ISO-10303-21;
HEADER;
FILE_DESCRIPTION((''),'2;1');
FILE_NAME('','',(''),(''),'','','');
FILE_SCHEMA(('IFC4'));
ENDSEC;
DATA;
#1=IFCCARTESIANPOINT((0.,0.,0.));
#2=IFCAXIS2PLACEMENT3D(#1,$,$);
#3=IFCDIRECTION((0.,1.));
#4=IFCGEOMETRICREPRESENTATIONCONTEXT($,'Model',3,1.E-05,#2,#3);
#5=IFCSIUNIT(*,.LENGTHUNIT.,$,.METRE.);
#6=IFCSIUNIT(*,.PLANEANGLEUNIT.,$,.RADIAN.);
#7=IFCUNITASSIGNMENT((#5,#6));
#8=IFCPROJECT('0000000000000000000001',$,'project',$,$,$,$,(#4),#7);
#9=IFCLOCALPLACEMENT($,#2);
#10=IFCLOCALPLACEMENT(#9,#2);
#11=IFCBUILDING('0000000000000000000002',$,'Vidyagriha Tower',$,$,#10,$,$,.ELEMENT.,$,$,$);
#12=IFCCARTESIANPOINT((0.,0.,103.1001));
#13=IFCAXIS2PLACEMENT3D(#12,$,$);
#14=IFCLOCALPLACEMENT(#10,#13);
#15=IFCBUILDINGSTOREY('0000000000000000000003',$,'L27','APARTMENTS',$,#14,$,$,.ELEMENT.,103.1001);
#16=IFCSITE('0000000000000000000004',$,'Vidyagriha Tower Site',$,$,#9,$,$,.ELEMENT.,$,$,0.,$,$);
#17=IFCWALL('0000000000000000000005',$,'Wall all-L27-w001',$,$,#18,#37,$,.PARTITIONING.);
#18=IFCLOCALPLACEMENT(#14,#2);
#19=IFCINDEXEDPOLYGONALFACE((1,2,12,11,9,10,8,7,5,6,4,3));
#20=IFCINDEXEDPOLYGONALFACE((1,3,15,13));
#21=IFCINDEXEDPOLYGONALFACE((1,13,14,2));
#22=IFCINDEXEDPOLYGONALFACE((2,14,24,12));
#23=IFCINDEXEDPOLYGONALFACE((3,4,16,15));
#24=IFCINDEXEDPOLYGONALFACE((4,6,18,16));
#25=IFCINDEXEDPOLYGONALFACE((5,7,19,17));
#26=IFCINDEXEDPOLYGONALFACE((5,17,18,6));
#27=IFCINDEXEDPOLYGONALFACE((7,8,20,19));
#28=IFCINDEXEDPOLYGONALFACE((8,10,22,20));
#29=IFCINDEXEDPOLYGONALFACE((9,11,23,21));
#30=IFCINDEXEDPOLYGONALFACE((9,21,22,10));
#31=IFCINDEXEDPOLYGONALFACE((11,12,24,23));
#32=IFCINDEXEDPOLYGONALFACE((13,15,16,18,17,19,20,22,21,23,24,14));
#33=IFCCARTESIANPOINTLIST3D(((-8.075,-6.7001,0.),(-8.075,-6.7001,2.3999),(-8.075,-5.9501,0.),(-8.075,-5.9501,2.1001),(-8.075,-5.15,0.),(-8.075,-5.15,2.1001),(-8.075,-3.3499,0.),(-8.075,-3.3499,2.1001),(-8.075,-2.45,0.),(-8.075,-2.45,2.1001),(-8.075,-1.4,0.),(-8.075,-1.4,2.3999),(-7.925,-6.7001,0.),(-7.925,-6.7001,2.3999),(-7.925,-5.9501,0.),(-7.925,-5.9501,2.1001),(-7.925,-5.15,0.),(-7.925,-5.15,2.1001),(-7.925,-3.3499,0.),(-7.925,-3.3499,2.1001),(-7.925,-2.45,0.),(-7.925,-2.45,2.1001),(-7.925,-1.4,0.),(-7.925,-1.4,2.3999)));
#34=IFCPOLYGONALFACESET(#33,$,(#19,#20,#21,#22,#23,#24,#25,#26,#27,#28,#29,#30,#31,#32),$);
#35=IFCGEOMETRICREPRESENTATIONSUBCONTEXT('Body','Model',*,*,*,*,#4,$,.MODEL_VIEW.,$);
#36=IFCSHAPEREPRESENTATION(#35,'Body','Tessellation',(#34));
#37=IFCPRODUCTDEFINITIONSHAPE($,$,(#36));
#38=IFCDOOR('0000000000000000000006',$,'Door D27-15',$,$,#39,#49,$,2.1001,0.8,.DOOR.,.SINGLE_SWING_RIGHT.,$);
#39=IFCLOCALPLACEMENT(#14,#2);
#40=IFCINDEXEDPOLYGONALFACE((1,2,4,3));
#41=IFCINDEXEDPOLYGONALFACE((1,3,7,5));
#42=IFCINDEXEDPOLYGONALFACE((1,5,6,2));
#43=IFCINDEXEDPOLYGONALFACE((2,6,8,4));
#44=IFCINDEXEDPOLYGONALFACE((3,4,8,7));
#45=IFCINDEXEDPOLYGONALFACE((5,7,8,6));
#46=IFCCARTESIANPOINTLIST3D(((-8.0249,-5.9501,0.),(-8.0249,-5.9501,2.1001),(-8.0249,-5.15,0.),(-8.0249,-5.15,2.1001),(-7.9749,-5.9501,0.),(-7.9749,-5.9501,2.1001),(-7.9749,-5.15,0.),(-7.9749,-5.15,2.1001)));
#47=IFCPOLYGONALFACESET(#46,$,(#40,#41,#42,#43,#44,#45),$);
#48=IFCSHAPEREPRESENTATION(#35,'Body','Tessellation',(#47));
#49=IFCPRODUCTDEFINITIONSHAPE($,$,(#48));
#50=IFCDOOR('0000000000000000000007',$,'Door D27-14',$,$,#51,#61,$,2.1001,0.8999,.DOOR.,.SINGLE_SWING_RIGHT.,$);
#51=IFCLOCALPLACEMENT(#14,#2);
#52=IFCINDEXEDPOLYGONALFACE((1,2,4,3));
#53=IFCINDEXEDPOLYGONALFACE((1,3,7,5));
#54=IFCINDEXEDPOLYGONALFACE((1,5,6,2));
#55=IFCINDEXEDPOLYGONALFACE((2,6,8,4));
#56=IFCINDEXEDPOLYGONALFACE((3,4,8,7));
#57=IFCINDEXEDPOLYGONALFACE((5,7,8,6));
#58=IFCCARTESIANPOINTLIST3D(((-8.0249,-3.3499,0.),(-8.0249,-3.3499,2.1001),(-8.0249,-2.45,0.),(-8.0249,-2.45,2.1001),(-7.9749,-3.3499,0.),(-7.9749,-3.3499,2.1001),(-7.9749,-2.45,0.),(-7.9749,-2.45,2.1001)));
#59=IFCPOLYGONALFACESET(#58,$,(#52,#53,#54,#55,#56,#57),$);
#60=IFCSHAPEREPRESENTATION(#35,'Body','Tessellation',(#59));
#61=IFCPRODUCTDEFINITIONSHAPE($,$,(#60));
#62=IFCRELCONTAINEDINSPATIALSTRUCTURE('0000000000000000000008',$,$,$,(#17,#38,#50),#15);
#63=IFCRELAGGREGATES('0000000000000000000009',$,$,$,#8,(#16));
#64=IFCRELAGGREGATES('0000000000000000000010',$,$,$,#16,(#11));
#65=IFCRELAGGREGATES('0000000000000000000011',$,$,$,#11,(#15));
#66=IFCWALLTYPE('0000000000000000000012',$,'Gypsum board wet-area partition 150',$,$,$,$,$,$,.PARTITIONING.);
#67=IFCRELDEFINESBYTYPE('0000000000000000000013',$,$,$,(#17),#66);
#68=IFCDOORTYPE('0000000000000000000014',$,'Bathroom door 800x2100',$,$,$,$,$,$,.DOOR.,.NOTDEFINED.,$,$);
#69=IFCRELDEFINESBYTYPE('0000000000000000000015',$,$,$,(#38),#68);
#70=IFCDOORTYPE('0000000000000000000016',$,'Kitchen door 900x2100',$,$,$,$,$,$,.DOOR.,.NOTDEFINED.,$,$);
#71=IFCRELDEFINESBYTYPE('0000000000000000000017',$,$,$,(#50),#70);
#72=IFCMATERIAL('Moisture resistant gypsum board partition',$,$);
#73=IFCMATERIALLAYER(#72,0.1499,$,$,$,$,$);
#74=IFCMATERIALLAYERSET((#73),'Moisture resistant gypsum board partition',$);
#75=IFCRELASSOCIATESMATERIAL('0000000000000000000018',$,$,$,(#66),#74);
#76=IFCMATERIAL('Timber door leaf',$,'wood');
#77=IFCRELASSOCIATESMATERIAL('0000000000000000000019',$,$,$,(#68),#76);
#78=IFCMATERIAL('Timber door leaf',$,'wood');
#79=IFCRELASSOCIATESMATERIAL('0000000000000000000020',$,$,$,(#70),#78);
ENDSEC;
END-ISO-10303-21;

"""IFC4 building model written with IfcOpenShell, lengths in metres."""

from ifc_helpers import new_model, si_unit, direction, frame, frame_2d, origin, place, context, subcontext, project, spatial, rectangle, extrude, material, layer, layer_set, type_object, element, fill, save


model = new_model("IFC4")

# Units and contexts
model_context = context("Model", 3, precision=1e-05, world=origin(), true_north=direction((0.0, 1.0)))
body_context = subcontext(model_context, "Body", "Model", "MODEL_VIEW")
ifc_project = project(units=[si_unit("LENGTHUNIT", "METRE"), si_unit("PLANEANGLEUNIT", "RADIAN")], contexts=[model_context])

# Site, building, storey
site_placement = place(None, origin())
site = spatial("IfcSite", under=ifc_project, at=site_placement, Name="Vidyagriha Tower Site", CompositionType="ELEMENT", RefElevation=0.0)
building_placement = place(site_placement, origin())
building = spatial("IfcBuilding", under=site, at=building_placement, Name="Vidyagriha Tower", CompositionType="ELEMENT")
storey_placement = place(building_placement, frame((0.0, 0.0, 103.1001)))
storey = spatial("IfcBuildingStorey", under=building, at=storey_placement, Name="L27", Description="APARTMENTS", CompositionType="ELEMENT", Elevation=103.1001)

# Wall, openings, doors
ifc_material_1 = material(Name="Moisture resistant gypsum board partition")
ifc_layer_1 = layer(ifc_material_1, 0.1499)
ifc_layer_set_1 = layer_set([ifc_layer_1], Name="Moisture resistant gypsum board partition")
wall_type_1 = type_object("IfcWallType", Name="Gypsum board wet-area partition 150", PredefinedType="PARTITIONING", material=ifc_layer_set_1)
wall_1_placement = place(storey_placement, frame((-8.0, -6.7, 0.0), z_axis=(0.0, 0.0, 1.0), x_axis=(0.0, 1.0, 0.0)))
wall_1 = element("IfcWall", 1, at=wall_1_placement, inside=storey, type_object=wall_type_1, Name="Wall all-L27-w001", PredefinedType="PARTITIONING", context=body_context, shape_type="SweptSolid", body=[
    extrude(rectangle(XDim=5.3, YDim=0.1499, at=frame_2d((2.6499, 0.0))), origin(), (0.0, 0.0, 1.0), 2.3999),
])
opening_1_placement = place(wall_1_placement, frame((3.3501, 0.0, 0.0)))
opening_1 = element("IfcOpeningElement", 2, at=opening_1_placement, cuts=wall_1, PredefinedType="OPENING", context=body_context, shape_type="SweptSolid", body=[
    extrude(rectangle(XDim=0.8999, YDim=2.1001, at=frame_2d((0.45, 1.05))), frame((0.0, 0.085, 0.0), z_axis=(0.0, -1.0, 0.0), x_axis=(1.0, 0.0, 0.0)), (0.0, 0.0, 1.0), 0.1699),
])
opening_2_placement = place(wall_1_placement, frame((0.75, 0.0, 0.0)))
opening_2 = element("IfcOpeningElement", 3, at=opening_2_placement, cuts=wall_1, PredefinedType="OPENING", context=body_context, shape_type="SweptSolid", body=[
    extrude(rectangle(XDim=0.8, YDim=2.1001, at=frame_2d((0.3999, 1.05))), frame((0.0, 0.085, 0.0), z_axis=(0.0, -1.0, 0.0), x_axis=(1.0, 0.0, 0.0)), (0.0, 0.0, 1.0), 0.1699),
])
ifc_material_2 = material(Name="Timber door leaf", Category="wood")
door_type_1 = type_object("IfcDoorType", Name="Bathroom door 800x2100", OperationType="NOTDEFINED", PredefinedType="DOOR", material=ifc_material_2)
door_1_placement = place(opening_2_placement, origin())
door_1 = element("IfcDoor", 4, at=door_1_placement, inside=storey, type_object=door_type_1, Name="Door D27-15", OperationType="SINGLE_SWING_RIGHT", OverallHeight=2.1001, OverallWidth=0.8, PredefinedType="DOOR", context=body_context, shape_type="SweptSolid", body=[
    extrude(rectangle(XDim=0.8, YDim=2.1001, at=frame_2d((0.3999, 1.05))), frame((0.0, 0.0249, 0.0), z_axis=(0.0, -1.0, 0.0), x_axis=(1.0, 0.0, 0.0)), (0.0, 0.0, 1.0), 0.05),
])
fill(opening_2, door_1)
ifc_material_3 = material(Name="Timber door leaf", Category="wood")
door_type_2 = type_object("IfcDoorType", Name="Kitchen door 900x2100", OperationType="NOTDEFINED", PredefinedType="DOOR", material=ifc_material_3)
door_2_placement = place(opening_1_placement, origin())
door_2 = element("IfcDoor", 5, at=door_2_placement, inside=storey, type_object=door_type_2, Name="Door D27-14", OperationType="SINGLE_SWING_RIGHT", OverallHeight=2.1001, OverallWidth=0.8999, PredefinedType="DOOR", context=body_context, shape_type="SweptSolid", body=[
    extrude(rectangle(XDim=0.8999, YDim=2.1001, at=frame_2d((0.45, 1.05))), frame((0.0, 0.0249, 0.0), z_axis=(0.0, -1.0, 0.0), x_axis=(1.0, 0.0, 0.0)), (0.0, 0.0, 1.0), 0.05),
])
fill(opening_1, door_2)

save(model, "model.ifc")
